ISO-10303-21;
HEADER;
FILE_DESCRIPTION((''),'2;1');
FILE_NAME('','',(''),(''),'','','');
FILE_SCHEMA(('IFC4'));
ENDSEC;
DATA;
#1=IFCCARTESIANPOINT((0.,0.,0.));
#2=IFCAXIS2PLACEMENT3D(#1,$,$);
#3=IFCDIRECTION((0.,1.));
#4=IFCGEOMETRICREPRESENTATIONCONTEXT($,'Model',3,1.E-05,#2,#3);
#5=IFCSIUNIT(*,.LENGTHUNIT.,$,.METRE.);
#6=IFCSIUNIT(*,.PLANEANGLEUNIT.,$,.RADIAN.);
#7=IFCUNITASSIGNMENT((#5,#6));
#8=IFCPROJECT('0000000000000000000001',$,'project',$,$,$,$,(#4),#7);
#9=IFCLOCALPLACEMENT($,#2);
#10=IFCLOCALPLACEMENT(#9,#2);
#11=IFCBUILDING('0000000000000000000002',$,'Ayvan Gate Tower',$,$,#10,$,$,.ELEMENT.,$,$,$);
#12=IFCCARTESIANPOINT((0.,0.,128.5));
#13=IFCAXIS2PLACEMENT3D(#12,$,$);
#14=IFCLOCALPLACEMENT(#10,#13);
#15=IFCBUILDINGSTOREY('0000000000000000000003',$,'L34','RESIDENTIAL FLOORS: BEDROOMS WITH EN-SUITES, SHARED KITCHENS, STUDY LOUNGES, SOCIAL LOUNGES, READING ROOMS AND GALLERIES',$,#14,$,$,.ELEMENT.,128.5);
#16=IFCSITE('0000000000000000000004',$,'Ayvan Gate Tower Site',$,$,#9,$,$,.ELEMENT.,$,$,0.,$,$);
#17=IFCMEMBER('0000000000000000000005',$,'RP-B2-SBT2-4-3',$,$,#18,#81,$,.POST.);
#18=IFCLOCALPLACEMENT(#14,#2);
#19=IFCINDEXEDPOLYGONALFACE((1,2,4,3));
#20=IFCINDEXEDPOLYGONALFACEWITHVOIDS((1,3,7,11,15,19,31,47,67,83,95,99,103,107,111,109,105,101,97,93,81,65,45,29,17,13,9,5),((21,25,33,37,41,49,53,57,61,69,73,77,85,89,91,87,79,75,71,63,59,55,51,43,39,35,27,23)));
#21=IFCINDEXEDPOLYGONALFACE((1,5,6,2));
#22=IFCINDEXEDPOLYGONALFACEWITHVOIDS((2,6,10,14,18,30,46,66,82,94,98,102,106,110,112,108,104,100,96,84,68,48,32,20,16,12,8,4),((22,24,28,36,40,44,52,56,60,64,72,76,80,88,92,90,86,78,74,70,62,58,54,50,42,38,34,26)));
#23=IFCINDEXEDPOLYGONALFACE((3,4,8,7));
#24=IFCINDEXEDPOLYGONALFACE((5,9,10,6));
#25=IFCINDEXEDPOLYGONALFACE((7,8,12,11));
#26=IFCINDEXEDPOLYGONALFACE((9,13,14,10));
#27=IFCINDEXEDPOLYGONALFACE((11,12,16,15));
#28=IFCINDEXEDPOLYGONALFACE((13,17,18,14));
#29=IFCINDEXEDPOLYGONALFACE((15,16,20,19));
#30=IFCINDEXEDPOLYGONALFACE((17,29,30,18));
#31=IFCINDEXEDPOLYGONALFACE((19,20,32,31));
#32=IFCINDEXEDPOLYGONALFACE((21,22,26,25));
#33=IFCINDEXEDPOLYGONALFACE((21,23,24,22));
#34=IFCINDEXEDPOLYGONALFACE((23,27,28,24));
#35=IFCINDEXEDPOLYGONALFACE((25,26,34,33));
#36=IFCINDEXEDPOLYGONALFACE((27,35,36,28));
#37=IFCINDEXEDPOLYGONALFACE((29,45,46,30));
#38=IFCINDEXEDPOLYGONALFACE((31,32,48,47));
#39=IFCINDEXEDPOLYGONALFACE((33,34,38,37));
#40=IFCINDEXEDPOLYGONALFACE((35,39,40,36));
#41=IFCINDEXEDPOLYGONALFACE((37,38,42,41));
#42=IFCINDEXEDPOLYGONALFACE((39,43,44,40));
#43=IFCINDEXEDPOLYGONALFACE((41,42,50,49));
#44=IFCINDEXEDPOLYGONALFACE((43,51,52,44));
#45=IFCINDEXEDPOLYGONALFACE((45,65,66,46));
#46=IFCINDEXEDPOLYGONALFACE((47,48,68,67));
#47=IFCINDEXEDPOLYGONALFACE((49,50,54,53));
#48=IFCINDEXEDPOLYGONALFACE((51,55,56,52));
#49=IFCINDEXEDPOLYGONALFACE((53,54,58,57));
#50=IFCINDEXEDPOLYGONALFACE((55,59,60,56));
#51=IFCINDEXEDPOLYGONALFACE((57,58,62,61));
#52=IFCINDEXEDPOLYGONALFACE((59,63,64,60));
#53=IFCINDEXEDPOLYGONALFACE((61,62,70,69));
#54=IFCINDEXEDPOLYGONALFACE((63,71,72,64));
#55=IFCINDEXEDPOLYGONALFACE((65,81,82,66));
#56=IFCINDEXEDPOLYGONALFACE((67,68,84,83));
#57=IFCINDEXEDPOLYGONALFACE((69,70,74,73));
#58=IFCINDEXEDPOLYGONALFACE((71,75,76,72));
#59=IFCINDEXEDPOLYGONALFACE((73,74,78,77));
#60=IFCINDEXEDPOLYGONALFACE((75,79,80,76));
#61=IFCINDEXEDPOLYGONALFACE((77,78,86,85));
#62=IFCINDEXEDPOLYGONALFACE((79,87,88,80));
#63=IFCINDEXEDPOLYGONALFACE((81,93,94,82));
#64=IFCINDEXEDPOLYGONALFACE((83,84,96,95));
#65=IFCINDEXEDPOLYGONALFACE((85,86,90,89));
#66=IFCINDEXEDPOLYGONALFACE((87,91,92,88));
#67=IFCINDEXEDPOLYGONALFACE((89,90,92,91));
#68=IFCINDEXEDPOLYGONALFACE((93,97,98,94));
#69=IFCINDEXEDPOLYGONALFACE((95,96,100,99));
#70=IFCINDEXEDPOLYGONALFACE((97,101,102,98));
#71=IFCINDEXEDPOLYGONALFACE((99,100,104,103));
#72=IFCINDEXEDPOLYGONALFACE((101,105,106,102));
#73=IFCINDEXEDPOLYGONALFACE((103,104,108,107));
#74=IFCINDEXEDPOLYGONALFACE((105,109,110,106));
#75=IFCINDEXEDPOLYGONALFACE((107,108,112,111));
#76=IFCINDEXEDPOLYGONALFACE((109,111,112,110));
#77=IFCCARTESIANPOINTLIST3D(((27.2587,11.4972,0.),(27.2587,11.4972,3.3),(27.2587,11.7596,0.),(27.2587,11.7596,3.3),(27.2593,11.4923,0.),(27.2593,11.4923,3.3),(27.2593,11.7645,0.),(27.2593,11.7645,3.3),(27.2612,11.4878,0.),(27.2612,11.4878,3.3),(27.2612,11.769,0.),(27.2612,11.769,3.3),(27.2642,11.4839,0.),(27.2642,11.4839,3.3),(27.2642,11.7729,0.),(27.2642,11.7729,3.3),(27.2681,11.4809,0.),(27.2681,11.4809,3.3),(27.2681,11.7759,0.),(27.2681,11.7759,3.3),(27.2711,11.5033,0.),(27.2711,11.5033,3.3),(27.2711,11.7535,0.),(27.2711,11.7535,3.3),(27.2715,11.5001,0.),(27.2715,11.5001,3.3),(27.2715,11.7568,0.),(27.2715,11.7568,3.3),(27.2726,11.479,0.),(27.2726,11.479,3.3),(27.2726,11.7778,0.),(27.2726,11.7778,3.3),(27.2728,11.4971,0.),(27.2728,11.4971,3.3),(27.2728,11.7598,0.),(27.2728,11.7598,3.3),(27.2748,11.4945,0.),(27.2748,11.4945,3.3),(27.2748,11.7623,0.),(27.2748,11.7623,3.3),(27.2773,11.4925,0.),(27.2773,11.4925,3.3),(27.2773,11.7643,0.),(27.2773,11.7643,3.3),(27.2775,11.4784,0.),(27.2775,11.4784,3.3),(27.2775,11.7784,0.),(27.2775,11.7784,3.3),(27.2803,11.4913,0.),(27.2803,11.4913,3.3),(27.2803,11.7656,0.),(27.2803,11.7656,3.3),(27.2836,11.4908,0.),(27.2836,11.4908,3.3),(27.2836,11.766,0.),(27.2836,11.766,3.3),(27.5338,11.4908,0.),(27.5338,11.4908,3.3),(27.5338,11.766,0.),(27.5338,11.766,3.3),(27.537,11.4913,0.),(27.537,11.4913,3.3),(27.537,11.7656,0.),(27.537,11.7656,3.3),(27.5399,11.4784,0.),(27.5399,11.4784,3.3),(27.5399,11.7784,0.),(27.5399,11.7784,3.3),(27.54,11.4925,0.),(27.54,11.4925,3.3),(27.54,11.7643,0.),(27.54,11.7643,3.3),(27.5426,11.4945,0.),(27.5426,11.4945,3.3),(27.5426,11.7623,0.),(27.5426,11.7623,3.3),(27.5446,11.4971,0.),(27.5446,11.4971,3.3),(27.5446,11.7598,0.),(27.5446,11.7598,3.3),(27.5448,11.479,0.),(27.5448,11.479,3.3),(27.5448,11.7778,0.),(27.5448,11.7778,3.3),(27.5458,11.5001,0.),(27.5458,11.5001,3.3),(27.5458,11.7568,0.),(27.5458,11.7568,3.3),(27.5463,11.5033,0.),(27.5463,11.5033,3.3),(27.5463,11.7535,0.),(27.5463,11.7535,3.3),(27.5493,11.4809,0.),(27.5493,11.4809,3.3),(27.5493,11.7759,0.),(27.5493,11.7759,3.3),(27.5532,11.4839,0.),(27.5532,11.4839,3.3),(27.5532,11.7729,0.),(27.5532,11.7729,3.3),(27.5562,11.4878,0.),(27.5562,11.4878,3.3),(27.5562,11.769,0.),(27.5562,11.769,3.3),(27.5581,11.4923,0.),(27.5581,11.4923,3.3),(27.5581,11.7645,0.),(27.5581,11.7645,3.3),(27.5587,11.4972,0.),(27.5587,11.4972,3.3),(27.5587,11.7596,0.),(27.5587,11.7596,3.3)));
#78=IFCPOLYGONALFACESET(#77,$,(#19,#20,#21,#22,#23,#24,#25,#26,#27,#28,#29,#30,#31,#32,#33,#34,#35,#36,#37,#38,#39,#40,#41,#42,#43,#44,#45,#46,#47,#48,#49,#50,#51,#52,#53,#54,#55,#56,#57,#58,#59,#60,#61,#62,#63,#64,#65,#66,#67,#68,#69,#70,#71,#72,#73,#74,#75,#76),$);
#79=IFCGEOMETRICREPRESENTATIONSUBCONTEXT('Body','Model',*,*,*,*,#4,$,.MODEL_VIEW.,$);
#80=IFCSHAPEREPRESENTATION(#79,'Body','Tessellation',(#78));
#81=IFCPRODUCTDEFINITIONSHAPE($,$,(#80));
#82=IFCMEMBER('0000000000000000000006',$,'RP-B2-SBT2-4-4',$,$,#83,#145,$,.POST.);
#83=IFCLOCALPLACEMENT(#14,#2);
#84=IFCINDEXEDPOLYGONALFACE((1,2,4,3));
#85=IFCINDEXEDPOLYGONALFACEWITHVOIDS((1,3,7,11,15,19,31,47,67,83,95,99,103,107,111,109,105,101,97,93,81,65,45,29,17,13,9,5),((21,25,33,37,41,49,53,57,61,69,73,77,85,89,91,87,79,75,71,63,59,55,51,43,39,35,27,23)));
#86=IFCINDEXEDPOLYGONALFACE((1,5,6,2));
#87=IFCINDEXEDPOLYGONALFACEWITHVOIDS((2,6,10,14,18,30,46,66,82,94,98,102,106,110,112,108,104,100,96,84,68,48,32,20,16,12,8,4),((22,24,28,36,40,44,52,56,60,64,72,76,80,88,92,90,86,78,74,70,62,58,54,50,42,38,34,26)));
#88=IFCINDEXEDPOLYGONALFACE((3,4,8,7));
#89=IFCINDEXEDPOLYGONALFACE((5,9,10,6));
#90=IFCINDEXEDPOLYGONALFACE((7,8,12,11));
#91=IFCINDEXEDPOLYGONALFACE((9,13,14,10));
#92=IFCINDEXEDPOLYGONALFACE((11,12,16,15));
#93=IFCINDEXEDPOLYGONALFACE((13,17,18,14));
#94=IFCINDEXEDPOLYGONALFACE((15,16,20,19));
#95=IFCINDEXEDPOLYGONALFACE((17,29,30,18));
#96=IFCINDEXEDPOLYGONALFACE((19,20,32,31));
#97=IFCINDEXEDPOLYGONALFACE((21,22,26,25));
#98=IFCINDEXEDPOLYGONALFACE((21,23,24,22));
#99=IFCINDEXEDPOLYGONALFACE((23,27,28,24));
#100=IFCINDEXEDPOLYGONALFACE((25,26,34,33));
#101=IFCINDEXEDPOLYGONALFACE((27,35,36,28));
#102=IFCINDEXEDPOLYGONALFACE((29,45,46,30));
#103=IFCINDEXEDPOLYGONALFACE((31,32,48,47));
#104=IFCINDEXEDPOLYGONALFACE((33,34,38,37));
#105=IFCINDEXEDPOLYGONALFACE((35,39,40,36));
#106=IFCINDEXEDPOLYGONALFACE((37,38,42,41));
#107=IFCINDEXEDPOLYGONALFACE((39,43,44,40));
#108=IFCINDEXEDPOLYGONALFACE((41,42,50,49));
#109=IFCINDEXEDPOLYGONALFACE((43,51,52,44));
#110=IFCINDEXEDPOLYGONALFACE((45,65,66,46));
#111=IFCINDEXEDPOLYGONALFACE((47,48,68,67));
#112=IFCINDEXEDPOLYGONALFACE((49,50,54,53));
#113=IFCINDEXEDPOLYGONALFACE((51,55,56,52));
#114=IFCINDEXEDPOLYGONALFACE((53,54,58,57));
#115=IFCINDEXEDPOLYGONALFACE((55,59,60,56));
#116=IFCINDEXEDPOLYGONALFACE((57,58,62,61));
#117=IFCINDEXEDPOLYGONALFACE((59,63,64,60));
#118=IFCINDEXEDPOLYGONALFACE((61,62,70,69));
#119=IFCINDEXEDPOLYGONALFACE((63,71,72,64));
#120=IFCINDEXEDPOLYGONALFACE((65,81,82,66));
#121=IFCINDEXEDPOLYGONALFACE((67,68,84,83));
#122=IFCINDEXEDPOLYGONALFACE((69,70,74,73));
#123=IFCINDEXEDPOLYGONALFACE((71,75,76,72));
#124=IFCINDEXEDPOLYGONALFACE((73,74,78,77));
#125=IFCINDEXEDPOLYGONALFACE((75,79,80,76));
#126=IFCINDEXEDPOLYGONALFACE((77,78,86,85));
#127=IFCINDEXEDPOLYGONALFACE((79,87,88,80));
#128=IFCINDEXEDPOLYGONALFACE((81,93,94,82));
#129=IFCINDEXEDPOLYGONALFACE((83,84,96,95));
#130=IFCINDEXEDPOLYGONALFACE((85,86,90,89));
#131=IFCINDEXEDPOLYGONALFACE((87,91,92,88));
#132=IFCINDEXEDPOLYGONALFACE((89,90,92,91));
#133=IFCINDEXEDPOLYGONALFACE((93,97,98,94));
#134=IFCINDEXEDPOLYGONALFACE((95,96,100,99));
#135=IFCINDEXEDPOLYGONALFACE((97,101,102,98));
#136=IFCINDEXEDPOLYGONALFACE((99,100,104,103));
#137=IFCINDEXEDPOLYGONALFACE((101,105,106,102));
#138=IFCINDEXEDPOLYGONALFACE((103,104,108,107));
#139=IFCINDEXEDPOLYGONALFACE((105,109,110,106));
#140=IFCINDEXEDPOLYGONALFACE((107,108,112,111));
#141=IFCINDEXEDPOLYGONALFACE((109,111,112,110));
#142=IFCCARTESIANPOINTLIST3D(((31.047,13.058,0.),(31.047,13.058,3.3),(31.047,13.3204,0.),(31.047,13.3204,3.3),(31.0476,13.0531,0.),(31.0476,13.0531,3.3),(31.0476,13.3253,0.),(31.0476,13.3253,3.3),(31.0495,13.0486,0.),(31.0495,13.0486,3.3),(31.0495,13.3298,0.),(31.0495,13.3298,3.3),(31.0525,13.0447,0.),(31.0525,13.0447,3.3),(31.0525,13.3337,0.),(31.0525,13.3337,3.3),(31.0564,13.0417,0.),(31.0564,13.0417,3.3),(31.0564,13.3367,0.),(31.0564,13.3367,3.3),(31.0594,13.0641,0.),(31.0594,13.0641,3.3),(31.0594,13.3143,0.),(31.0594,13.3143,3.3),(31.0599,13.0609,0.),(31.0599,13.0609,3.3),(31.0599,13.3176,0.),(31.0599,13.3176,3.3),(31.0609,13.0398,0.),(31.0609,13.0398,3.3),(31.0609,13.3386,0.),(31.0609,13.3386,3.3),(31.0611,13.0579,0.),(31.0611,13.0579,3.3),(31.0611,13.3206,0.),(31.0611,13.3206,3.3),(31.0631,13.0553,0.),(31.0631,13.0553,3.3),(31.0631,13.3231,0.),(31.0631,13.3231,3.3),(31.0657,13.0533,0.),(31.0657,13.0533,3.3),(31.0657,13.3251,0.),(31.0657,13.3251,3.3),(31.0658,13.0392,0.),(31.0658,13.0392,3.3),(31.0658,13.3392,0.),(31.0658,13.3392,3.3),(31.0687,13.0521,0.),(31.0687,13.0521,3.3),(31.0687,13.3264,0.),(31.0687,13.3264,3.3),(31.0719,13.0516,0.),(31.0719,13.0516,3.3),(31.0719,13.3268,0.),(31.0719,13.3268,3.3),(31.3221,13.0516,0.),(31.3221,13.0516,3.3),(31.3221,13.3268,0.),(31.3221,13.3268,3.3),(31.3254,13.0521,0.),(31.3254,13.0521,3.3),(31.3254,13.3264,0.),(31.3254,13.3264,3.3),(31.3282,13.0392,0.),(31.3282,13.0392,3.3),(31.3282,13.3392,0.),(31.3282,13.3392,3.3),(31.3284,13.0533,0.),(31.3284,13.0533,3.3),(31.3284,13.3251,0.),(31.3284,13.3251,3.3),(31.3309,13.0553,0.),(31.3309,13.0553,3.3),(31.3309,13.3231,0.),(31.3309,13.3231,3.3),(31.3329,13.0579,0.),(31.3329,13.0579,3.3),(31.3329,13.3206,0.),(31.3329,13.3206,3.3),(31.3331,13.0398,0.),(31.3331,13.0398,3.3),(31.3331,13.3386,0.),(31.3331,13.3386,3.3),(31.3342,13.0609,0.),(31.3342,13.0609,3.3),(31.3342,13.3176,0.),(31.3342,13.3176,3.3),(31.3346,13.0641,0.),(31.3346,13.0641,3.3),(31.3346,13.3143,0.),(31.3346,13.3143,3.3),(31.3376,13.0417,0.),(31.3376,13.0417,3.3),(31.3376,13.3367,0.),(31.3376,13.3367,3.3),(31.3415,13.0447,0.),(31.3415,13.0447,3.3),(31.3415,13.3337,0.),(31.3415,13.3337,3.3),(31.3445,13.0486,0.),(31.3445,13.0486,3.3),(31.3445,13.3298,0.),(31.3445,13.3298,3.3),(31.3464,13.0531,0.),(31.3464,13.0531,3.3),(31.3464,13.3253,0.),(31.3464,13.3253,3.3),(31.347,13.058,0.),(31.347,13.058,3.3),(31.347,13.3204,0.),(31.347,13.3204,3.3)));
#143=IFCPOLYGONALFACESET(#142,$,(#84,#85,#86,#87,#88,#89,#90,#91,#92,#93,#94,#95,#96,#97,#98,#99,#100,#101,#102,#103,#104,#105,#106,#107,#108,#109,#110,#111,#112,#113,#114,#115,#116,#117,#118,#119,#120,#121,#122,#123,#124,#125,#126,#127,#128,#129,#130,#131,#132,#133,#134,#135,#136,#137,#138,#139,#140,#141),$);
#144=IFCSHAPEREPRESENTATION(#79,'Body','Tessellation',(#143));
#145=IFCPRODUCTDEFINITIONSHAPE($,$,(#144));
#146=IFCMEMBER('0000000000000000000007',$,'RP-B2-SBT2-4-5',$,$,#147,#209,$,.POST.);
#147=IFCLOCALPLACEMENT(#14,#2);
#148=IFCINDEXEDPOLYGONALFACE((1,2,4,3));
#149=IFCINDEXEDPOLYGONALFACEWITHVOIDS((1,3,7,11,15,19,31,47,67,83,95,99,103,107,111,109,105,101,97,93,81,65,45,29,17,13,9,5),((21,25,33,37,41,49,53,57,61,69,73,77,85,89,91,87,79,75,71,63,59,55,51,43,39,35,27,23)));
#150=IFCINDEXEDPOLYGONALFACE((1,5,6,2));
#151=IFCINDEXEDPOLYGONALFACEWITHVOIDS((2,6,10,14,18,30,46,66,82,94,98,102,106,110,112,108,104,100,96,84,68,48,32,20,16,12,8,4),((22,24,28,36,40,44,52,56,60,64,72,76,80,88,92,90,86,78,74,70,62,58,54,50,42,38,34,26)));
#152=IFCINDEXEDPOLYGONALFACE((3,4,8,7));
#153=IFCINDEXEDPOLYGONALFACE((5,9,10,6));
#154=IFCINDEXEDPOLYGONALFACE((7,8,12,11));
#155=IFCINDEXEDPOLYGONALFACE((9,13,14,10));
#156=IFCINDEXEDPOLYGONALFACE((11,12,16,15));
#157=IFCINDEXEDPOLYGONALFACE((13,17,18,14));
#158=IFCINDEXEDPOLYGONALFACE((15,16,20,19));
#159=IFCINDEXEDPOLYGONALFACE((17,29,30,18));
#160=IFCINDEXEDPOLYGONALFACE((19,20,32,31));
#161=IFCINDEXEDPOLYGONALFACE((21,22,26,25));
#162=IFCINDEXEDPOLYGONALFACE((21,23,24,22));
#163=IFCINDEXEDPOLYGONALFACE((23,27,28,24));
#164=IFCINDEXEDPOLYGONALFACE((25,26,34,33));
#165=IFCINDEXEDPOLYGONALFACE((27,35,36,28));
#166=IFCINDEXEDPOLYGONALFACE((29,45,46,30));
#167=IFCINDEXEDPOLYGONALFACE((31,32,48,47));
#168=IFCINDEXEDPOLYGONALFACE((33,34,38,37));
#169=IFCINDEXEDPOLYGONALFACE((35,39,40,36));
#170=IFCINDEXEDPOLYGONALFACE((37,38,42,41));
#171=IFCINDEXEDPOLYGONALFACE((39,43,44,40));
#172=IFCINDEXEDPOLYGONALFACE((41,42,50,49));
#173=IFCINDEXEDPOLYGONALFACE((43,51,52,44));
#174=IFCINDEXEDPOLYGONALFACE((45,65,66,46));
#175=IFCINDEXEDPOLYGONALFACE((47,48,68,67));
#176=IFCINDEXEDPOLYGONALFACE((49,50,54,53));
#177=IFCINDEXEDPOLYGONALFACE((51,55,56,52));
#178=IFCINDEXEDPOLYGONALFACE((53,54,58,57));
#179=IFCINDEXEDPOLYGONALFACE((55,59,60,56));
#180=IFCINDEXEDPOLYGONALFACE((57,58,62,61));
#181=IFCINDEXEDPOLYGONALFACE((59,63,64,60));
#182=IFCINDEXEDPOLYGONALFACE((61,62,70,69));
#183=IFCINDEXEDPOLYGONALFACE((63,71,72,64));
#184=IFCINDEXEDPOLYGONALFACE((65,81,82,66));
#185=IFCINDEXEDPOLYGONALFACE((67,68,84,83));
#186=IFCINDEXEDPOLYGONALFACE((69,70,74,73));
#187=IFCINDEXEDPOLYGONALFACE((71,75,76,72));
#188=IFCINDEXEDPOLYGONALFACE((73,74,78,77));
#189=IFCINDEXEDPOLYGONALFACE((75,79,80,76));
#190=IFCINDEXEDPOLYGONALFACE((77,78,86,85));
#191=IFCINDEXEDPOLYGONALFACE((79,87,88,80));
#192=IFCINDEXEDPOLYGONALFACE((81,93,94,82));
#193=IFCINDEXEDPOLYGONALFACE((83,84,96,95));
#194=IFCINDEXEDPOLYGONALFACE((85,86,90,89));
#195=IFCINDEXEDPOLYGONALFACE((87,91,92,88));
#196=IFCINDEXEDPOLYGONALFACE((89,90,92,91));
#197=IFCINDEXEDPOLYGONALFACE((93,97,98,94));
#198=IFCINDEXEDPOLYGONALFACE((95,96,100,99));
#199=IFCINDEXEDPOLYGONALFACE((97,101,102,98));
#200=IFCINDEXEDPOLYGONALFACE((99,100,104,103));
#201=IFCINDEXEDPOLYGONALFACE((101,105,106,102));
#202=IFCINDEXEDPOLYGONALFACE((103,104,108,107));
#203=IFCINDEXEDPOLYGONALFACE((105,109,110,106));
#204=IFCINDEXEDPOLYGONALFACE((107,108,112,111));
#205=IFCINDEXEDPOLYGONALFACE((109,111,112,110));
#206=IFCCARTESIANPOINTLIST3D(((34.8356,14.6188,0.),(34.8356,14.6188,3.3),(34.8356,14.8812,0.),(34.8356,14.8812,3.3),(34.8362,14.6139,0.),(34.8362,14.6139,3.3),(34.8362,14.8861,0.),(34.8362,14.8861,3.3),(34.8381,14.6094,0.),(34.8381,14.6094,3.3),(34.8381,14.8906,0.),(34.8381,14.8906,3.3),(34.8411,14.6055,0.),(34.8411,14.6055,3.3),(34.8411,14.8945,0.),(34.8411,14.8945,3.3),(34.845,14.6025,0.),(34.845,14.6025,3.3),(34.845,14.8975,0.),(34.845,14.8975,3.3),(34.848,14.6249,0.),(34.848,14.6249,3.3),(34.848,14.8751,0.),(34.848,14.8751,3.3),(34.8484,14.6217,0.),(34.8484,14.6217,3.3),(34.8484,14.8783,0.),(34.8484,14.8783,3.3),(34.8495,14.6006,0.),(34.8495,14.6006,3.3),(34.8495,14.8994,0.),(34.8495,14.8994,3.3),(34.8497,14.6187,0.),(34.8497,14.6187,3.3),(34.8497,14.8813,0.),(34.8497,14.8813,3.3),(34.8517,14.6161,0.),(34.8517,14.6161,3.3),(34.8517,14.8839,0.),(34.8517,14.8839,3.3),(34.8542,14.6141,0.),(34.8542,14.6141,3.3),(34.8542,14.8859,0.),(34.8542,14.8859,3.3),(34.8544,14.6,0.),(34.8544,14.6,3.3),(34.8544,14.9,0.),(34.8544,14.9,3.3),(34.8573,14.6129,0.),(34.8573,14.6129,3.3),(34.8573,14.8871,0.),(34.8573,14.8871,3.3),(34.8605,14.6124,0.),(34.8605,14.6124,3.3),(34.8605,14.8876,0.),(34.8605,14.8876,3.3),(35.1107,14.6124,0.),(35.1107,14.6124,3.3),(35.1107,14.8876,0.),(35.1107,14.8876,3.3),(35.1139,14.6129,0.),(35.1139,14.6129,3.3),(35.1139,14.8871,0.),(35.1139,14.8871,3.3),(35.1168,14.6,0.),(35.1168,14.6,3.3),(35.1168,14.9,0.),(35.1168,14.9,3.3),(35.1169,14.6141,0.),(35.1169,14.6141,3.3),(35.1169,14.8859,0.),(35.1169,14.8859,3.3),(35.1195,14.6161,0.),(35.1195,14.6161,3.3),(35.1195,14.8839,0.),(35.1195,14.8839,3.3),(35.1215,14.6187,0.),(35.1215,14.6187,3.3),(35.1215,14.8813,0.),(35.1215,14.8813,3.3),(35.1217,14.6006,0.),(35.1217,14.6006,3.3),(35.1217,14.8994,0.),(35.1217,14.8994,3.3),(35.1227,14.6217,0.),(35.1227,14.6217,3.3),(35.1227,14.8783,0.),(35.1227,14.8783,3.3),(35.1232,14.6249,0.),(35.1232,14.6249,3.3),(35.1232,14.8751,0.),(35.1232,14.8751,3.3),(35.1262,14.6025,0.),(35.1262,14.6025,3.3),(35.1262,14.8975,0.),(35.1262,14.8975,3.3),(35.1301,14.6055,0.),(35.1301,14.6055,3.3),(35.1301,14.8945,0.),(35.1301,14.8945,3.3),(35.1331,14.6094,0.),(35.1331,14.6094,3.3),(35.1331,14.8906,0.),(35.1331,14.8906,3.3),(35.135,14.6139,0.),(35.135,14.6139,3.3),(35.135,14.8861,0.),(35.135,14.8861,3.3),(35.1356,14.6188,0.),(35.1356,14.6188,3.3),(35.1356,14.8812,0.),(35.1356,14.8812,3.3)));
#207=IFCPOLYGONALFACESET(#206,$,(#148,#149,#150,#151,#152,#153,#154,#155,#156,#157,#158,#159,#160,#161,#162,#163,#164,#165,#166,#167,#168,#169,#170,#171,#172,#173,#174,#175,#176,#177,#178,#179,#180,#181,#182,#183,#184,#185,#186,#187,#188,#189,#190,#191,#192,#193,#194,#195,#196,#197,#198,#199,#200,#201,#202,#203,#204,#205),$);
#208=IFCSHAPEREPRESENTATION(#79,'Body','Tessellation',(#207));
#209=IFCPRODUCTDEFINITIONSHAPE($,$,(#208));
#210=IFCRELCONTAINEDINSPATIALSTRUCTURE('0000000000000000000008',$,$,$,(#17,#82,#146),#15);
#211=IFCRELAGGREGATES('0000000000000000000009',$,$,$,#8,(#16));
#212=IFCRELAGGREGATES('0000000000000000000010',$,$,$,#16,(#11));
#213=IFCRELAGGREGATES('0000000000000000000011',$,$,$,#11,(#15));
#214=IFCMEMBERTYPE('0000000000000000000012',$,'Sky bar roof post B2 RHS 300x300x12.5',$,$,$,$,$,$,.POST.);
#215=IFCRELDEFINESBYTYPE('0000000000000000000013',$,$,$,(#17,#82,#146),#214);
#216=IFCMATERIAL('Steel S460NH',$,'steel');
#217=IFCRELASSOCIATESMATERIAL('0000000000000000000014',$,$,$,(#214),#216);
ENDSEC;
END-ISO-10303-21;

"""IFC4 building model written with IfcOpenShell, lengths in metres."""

from ifc_helpers import new_model, si_unit, direction, frame, origin, origin_2d, place, context, subcontext, project, spatial, hollow_rectangle, extrude, material, material_profile, profile_set, type_object, element, save


model = new_model("IFC4")

# Units and contexts
model_context = context("Model", 3, precision=1e-05, world=origin(), true_north=direction((0.0, 1.0)))
body_context = subcontext(model_context, "Body", "Model", "MODEL_VIEW")
ifc_project = project(units=[si_unit("LENGTHUNIT", "METRE"), si_unit("PLANEANGLEUNIT", "RADIAN")], contexts=[model_context])

# Site, building, storey
site_placement = place(None, origin())
site = spatial("IfcSite", under=ifc_project, at=site_placement, Name="Ayvan Gate Tower Site", CompositionType="ELEMENT", RefElevation=0.0)
building_placement = place(site_placement, origin())
building = spatial("IfcBuilding", under=site, at=building_placement, Name="Ayvan Gate Tower", CompositionType="ELEMENT")
storey_placement = place(building_placement, frame((0.0, 0.0, 128.5)))
storey = spatial("IfcBuildingStorey", under=building, at=storey_placement, Name="L34", Description="RESIDENTIAL FLOORS: BEDROOMS WITH EN-SUITES, SHARED KITCHENS, STUDY LOUNGES, SOCIAL LOUNGES, READING ROOMS AND GALLERIES", CompositionType="ELEMENT", Elevation=128.5)

# Members
ifc_material_1 = material(Name="Steel S460NH", Category="steel")
ifc_material_profile_1 = material_profile(ifc_material_1, hollow_rectangle(XDim=0.3, YDim=0.3, WallThickness=0.0125, InnerFilletRadius=0.0125, OuterFilletRadius=0.0188, at=origin_2d()), Name="RHS 300x300x12.5")
ifc_profile_set_1 = profile_set([ifc_material_profile_1], Name="Steel S460NH")
member_type_1 = type_object("IfcMemberType", Name="Sky bar roof post B2 RHS 300x300x12.5", PredefinedType="POST", material=ifc_profile_set_1)
for number, where, z_axis, x_axis, name in (
    (1, (27.4087, 11.6284, 0.0), (0.0, 0.0, 1.0), (1.0, 0.0, 0.0), "RP-B2-SBT2-4-3"),
    (2, (31.197, 13.1892, 0.0), (0.0, 0.0, 1.0), (1.0, 0.0, 0.0), "RP-B2-SBT2-4-4"),
    (3, (34.9856, 14.75, 0.0), (0.0, 0.0, 1.0), (1.0, 0.0, 0.0), "RP-B2-SBT2-4-5"),
):
    element("IfcMember", number, at=place(storey_placement, frame(where, z_axis=z_axis, x_axis=x_axis)), inside=storey, type_object=member_type_1, Name=name, PredefinedType="POST", context=body_context, shape_type="SweptSolid", body=[
        extrude(hollow_rectangle(XDim=0.3, YDim=0.3, WallThickness=0.0125, InnerFilletRadius=0.0125, OuterFilletRadius=0.0188, at=origin_2d()), origin(), (0.0, 0.0, 1.0), 3.3),
    ])

save(model, "model.ifc")
